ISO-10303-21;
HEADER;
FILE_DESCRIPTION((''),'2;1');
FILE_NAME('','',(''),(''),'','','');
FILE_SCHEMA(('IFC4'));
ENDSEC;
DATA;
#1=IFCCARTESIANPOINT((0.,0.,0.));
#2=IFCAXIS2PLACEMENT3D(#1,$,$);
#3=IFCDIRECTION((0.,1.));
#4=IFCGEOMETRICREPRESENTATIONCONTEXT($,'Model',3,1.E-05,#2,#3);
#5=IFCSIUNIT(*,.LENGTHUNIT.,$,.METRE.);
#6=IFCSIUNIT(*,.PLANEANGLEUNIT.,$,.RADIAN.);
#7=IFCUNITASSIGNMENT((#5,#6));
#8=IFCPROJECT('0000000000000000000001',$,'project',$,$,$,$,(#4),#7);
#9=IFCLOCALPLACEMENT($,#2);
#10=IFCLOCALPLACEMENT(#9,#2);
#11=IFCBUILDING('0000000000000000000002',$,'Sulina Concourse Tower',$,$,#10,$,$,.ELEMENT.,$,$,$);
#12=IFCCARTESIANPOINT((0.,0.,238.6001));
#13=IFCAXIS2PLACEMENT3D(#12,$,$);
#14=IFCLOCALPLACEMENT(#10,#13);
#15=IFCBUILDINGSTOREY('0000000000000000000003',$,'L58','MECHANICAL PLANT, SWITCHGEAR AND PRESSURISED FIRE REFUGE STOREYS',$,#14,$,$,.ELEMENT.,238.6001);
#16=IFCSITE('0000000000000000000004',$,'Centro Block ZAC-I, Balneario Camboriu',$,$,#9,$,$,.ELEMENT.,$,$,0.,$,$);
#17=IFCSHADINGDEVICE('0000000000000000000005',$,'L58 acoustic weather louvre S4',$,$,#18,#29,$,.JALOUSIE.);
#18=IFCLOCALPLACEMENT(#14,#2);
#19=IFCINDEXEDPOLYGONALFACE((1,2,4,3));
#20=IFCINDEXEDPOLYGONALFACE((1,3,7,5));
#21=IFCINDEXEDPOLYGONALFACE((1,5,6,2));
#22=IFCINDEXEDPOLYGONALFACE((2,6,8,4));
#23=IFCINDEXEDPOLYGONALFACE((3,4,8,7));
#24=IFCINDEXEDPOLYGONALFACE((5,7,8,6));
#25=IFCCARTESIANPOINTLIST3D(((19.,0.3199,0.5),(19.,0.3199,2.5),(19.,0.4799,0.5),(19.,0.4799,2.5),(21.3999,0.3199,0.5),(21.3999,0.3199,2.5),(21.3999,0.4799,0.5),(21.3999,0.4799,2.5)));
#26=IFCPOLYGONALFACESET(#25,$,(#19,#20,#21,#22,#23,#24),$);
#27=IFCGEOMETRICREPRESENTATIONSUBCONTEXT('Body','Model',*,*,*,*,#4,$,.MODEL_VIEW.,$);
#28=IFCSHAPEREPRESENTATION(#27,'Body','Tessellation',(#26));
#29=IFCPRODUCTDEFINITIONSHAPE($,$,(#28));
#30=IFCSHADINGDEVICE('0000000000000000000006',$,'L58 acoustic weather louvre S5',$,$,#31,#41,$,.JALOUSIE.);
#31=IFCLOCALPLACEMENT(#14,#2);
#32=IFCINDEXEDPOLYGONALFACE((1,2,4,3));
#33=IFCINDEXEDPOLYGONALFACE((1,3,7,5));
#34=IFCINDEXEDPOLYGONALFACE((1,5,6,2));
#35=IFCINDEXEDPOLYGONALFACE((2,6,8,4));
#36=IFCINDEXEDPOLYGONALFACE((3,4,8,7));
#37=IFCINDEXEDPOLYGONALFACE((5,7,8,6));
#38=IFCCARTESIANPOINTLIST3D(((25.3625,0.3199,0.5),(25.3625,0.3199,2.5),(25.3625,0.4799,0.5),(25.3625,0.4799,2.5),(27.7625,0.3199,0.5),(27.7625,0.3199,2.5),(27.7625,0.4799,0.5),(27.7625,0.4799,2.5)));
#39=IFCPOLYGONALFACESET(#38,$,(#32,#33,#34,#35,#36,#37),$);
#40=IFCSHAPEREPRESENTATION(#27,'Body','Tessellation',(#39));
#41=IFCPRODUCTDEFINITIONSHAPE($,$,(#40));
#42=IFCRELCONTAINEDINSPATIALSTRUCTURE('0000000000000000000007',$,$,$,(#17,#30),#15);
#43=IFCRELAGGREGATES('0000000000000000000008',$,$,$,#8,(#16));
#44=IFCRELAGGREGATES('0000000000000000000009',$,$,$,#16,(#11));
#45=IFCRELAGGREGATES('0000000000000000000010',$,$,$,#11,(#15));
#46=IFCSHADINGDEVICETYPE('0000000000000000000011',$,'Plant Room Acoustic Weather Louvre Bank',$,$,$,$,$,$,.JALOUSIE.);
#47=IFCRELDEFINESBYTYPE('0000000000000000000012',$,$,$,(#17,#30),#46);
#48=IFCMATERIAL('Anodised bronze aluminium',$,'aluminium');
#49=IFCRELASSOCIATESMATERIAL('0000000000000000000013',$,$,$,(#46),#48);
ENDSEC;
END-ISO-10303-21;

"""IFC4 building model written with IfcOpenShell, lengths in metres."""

from ifc_helpers import new_model, si_unit, direction, frame, origin, origin_2d, place, context, subcontext, project, spatial, rectangle, extrude, material, type_object, element, save


model = new_model("IFC4")

# Units and contexts
model_context = context("Model", 3, precision=1e-05, world=origin(), true_north=direction((0.0, 1.0)))
body_context = subcontext(model_context, "Body", "Model", "MODEL_VIEW")
ifc_project = project(units=[si_unit("LENGTHUNIT", "METRE"), si_unit("PLANEANGLEUNIT", "RADIAN")], contexts=[model_context])

# Site, building, storey
site_placement = place(None, origin())
site = spatial("IfcSite", under=ifc_project, at=site_placement, Name="Centro Block ZAC-I, Balneario Camboriu", CompositionType="ELEMENT", RefElevation=0.0)
building_placement = place(site_placement, origin())
building = spatial("IfcBuilding", under=site, at=building_placement, Name="Sulina Concourse Tower", CompositionType="ELEMENT")
storey_placement = place(building_placement, frame((0.0, 0.0, 238.6001)))
storey = spatial("IfcBuildingStorey", under=building, at=storey_placement, Name="L58", Description="MECHANICAL PLANT, SWITCHGEAR AND PRESSURISED FIRE REFUGE STOREYS", CompositionType="ELEMENT", Elevation=238.6001)

# Shading devices
ifc_material_1 = material(Name="Anodised bronze aluminium", Category="aluminium")
shading_device_type = type_object("IfcShadingDeviceType", Name="Plant Room Acoustic Weather Louvre Bank", PredefinedType="JALOUSIE", material=ifc_material_1)
for number, where, z_axis, x_axis, name in (
    (1, (20.2, 0.3999, 0.5), (0.0, 0.0, 1.0), (1.0, 0.0, 0.0), "L58 acoustic weather louvre S4"),
    (2, (26.5625, 0.3999, 0.5), (0.0, 0.0, 1.0), (1.0, 0.0, 0.0), "L58 acoustic weather louvre S5"),
):
    element("IfcShadingDevice", number, at=place(storey_placement, frame(where, z_axis=z_axis, x_axis=x_axis)), inside=storey, type_object=shading_device_type, Name=name, PredefinedType="JALOUSIE", context=body_context, shape_type="SweptSolid", body=[
        extrude(rectangle(XDim=2.3999, YDim=0.1599, at=origin_2d()), origin(), (0.0, 0.0, 1.0), 2.0),
    ])

save(model, "model.ifc")
